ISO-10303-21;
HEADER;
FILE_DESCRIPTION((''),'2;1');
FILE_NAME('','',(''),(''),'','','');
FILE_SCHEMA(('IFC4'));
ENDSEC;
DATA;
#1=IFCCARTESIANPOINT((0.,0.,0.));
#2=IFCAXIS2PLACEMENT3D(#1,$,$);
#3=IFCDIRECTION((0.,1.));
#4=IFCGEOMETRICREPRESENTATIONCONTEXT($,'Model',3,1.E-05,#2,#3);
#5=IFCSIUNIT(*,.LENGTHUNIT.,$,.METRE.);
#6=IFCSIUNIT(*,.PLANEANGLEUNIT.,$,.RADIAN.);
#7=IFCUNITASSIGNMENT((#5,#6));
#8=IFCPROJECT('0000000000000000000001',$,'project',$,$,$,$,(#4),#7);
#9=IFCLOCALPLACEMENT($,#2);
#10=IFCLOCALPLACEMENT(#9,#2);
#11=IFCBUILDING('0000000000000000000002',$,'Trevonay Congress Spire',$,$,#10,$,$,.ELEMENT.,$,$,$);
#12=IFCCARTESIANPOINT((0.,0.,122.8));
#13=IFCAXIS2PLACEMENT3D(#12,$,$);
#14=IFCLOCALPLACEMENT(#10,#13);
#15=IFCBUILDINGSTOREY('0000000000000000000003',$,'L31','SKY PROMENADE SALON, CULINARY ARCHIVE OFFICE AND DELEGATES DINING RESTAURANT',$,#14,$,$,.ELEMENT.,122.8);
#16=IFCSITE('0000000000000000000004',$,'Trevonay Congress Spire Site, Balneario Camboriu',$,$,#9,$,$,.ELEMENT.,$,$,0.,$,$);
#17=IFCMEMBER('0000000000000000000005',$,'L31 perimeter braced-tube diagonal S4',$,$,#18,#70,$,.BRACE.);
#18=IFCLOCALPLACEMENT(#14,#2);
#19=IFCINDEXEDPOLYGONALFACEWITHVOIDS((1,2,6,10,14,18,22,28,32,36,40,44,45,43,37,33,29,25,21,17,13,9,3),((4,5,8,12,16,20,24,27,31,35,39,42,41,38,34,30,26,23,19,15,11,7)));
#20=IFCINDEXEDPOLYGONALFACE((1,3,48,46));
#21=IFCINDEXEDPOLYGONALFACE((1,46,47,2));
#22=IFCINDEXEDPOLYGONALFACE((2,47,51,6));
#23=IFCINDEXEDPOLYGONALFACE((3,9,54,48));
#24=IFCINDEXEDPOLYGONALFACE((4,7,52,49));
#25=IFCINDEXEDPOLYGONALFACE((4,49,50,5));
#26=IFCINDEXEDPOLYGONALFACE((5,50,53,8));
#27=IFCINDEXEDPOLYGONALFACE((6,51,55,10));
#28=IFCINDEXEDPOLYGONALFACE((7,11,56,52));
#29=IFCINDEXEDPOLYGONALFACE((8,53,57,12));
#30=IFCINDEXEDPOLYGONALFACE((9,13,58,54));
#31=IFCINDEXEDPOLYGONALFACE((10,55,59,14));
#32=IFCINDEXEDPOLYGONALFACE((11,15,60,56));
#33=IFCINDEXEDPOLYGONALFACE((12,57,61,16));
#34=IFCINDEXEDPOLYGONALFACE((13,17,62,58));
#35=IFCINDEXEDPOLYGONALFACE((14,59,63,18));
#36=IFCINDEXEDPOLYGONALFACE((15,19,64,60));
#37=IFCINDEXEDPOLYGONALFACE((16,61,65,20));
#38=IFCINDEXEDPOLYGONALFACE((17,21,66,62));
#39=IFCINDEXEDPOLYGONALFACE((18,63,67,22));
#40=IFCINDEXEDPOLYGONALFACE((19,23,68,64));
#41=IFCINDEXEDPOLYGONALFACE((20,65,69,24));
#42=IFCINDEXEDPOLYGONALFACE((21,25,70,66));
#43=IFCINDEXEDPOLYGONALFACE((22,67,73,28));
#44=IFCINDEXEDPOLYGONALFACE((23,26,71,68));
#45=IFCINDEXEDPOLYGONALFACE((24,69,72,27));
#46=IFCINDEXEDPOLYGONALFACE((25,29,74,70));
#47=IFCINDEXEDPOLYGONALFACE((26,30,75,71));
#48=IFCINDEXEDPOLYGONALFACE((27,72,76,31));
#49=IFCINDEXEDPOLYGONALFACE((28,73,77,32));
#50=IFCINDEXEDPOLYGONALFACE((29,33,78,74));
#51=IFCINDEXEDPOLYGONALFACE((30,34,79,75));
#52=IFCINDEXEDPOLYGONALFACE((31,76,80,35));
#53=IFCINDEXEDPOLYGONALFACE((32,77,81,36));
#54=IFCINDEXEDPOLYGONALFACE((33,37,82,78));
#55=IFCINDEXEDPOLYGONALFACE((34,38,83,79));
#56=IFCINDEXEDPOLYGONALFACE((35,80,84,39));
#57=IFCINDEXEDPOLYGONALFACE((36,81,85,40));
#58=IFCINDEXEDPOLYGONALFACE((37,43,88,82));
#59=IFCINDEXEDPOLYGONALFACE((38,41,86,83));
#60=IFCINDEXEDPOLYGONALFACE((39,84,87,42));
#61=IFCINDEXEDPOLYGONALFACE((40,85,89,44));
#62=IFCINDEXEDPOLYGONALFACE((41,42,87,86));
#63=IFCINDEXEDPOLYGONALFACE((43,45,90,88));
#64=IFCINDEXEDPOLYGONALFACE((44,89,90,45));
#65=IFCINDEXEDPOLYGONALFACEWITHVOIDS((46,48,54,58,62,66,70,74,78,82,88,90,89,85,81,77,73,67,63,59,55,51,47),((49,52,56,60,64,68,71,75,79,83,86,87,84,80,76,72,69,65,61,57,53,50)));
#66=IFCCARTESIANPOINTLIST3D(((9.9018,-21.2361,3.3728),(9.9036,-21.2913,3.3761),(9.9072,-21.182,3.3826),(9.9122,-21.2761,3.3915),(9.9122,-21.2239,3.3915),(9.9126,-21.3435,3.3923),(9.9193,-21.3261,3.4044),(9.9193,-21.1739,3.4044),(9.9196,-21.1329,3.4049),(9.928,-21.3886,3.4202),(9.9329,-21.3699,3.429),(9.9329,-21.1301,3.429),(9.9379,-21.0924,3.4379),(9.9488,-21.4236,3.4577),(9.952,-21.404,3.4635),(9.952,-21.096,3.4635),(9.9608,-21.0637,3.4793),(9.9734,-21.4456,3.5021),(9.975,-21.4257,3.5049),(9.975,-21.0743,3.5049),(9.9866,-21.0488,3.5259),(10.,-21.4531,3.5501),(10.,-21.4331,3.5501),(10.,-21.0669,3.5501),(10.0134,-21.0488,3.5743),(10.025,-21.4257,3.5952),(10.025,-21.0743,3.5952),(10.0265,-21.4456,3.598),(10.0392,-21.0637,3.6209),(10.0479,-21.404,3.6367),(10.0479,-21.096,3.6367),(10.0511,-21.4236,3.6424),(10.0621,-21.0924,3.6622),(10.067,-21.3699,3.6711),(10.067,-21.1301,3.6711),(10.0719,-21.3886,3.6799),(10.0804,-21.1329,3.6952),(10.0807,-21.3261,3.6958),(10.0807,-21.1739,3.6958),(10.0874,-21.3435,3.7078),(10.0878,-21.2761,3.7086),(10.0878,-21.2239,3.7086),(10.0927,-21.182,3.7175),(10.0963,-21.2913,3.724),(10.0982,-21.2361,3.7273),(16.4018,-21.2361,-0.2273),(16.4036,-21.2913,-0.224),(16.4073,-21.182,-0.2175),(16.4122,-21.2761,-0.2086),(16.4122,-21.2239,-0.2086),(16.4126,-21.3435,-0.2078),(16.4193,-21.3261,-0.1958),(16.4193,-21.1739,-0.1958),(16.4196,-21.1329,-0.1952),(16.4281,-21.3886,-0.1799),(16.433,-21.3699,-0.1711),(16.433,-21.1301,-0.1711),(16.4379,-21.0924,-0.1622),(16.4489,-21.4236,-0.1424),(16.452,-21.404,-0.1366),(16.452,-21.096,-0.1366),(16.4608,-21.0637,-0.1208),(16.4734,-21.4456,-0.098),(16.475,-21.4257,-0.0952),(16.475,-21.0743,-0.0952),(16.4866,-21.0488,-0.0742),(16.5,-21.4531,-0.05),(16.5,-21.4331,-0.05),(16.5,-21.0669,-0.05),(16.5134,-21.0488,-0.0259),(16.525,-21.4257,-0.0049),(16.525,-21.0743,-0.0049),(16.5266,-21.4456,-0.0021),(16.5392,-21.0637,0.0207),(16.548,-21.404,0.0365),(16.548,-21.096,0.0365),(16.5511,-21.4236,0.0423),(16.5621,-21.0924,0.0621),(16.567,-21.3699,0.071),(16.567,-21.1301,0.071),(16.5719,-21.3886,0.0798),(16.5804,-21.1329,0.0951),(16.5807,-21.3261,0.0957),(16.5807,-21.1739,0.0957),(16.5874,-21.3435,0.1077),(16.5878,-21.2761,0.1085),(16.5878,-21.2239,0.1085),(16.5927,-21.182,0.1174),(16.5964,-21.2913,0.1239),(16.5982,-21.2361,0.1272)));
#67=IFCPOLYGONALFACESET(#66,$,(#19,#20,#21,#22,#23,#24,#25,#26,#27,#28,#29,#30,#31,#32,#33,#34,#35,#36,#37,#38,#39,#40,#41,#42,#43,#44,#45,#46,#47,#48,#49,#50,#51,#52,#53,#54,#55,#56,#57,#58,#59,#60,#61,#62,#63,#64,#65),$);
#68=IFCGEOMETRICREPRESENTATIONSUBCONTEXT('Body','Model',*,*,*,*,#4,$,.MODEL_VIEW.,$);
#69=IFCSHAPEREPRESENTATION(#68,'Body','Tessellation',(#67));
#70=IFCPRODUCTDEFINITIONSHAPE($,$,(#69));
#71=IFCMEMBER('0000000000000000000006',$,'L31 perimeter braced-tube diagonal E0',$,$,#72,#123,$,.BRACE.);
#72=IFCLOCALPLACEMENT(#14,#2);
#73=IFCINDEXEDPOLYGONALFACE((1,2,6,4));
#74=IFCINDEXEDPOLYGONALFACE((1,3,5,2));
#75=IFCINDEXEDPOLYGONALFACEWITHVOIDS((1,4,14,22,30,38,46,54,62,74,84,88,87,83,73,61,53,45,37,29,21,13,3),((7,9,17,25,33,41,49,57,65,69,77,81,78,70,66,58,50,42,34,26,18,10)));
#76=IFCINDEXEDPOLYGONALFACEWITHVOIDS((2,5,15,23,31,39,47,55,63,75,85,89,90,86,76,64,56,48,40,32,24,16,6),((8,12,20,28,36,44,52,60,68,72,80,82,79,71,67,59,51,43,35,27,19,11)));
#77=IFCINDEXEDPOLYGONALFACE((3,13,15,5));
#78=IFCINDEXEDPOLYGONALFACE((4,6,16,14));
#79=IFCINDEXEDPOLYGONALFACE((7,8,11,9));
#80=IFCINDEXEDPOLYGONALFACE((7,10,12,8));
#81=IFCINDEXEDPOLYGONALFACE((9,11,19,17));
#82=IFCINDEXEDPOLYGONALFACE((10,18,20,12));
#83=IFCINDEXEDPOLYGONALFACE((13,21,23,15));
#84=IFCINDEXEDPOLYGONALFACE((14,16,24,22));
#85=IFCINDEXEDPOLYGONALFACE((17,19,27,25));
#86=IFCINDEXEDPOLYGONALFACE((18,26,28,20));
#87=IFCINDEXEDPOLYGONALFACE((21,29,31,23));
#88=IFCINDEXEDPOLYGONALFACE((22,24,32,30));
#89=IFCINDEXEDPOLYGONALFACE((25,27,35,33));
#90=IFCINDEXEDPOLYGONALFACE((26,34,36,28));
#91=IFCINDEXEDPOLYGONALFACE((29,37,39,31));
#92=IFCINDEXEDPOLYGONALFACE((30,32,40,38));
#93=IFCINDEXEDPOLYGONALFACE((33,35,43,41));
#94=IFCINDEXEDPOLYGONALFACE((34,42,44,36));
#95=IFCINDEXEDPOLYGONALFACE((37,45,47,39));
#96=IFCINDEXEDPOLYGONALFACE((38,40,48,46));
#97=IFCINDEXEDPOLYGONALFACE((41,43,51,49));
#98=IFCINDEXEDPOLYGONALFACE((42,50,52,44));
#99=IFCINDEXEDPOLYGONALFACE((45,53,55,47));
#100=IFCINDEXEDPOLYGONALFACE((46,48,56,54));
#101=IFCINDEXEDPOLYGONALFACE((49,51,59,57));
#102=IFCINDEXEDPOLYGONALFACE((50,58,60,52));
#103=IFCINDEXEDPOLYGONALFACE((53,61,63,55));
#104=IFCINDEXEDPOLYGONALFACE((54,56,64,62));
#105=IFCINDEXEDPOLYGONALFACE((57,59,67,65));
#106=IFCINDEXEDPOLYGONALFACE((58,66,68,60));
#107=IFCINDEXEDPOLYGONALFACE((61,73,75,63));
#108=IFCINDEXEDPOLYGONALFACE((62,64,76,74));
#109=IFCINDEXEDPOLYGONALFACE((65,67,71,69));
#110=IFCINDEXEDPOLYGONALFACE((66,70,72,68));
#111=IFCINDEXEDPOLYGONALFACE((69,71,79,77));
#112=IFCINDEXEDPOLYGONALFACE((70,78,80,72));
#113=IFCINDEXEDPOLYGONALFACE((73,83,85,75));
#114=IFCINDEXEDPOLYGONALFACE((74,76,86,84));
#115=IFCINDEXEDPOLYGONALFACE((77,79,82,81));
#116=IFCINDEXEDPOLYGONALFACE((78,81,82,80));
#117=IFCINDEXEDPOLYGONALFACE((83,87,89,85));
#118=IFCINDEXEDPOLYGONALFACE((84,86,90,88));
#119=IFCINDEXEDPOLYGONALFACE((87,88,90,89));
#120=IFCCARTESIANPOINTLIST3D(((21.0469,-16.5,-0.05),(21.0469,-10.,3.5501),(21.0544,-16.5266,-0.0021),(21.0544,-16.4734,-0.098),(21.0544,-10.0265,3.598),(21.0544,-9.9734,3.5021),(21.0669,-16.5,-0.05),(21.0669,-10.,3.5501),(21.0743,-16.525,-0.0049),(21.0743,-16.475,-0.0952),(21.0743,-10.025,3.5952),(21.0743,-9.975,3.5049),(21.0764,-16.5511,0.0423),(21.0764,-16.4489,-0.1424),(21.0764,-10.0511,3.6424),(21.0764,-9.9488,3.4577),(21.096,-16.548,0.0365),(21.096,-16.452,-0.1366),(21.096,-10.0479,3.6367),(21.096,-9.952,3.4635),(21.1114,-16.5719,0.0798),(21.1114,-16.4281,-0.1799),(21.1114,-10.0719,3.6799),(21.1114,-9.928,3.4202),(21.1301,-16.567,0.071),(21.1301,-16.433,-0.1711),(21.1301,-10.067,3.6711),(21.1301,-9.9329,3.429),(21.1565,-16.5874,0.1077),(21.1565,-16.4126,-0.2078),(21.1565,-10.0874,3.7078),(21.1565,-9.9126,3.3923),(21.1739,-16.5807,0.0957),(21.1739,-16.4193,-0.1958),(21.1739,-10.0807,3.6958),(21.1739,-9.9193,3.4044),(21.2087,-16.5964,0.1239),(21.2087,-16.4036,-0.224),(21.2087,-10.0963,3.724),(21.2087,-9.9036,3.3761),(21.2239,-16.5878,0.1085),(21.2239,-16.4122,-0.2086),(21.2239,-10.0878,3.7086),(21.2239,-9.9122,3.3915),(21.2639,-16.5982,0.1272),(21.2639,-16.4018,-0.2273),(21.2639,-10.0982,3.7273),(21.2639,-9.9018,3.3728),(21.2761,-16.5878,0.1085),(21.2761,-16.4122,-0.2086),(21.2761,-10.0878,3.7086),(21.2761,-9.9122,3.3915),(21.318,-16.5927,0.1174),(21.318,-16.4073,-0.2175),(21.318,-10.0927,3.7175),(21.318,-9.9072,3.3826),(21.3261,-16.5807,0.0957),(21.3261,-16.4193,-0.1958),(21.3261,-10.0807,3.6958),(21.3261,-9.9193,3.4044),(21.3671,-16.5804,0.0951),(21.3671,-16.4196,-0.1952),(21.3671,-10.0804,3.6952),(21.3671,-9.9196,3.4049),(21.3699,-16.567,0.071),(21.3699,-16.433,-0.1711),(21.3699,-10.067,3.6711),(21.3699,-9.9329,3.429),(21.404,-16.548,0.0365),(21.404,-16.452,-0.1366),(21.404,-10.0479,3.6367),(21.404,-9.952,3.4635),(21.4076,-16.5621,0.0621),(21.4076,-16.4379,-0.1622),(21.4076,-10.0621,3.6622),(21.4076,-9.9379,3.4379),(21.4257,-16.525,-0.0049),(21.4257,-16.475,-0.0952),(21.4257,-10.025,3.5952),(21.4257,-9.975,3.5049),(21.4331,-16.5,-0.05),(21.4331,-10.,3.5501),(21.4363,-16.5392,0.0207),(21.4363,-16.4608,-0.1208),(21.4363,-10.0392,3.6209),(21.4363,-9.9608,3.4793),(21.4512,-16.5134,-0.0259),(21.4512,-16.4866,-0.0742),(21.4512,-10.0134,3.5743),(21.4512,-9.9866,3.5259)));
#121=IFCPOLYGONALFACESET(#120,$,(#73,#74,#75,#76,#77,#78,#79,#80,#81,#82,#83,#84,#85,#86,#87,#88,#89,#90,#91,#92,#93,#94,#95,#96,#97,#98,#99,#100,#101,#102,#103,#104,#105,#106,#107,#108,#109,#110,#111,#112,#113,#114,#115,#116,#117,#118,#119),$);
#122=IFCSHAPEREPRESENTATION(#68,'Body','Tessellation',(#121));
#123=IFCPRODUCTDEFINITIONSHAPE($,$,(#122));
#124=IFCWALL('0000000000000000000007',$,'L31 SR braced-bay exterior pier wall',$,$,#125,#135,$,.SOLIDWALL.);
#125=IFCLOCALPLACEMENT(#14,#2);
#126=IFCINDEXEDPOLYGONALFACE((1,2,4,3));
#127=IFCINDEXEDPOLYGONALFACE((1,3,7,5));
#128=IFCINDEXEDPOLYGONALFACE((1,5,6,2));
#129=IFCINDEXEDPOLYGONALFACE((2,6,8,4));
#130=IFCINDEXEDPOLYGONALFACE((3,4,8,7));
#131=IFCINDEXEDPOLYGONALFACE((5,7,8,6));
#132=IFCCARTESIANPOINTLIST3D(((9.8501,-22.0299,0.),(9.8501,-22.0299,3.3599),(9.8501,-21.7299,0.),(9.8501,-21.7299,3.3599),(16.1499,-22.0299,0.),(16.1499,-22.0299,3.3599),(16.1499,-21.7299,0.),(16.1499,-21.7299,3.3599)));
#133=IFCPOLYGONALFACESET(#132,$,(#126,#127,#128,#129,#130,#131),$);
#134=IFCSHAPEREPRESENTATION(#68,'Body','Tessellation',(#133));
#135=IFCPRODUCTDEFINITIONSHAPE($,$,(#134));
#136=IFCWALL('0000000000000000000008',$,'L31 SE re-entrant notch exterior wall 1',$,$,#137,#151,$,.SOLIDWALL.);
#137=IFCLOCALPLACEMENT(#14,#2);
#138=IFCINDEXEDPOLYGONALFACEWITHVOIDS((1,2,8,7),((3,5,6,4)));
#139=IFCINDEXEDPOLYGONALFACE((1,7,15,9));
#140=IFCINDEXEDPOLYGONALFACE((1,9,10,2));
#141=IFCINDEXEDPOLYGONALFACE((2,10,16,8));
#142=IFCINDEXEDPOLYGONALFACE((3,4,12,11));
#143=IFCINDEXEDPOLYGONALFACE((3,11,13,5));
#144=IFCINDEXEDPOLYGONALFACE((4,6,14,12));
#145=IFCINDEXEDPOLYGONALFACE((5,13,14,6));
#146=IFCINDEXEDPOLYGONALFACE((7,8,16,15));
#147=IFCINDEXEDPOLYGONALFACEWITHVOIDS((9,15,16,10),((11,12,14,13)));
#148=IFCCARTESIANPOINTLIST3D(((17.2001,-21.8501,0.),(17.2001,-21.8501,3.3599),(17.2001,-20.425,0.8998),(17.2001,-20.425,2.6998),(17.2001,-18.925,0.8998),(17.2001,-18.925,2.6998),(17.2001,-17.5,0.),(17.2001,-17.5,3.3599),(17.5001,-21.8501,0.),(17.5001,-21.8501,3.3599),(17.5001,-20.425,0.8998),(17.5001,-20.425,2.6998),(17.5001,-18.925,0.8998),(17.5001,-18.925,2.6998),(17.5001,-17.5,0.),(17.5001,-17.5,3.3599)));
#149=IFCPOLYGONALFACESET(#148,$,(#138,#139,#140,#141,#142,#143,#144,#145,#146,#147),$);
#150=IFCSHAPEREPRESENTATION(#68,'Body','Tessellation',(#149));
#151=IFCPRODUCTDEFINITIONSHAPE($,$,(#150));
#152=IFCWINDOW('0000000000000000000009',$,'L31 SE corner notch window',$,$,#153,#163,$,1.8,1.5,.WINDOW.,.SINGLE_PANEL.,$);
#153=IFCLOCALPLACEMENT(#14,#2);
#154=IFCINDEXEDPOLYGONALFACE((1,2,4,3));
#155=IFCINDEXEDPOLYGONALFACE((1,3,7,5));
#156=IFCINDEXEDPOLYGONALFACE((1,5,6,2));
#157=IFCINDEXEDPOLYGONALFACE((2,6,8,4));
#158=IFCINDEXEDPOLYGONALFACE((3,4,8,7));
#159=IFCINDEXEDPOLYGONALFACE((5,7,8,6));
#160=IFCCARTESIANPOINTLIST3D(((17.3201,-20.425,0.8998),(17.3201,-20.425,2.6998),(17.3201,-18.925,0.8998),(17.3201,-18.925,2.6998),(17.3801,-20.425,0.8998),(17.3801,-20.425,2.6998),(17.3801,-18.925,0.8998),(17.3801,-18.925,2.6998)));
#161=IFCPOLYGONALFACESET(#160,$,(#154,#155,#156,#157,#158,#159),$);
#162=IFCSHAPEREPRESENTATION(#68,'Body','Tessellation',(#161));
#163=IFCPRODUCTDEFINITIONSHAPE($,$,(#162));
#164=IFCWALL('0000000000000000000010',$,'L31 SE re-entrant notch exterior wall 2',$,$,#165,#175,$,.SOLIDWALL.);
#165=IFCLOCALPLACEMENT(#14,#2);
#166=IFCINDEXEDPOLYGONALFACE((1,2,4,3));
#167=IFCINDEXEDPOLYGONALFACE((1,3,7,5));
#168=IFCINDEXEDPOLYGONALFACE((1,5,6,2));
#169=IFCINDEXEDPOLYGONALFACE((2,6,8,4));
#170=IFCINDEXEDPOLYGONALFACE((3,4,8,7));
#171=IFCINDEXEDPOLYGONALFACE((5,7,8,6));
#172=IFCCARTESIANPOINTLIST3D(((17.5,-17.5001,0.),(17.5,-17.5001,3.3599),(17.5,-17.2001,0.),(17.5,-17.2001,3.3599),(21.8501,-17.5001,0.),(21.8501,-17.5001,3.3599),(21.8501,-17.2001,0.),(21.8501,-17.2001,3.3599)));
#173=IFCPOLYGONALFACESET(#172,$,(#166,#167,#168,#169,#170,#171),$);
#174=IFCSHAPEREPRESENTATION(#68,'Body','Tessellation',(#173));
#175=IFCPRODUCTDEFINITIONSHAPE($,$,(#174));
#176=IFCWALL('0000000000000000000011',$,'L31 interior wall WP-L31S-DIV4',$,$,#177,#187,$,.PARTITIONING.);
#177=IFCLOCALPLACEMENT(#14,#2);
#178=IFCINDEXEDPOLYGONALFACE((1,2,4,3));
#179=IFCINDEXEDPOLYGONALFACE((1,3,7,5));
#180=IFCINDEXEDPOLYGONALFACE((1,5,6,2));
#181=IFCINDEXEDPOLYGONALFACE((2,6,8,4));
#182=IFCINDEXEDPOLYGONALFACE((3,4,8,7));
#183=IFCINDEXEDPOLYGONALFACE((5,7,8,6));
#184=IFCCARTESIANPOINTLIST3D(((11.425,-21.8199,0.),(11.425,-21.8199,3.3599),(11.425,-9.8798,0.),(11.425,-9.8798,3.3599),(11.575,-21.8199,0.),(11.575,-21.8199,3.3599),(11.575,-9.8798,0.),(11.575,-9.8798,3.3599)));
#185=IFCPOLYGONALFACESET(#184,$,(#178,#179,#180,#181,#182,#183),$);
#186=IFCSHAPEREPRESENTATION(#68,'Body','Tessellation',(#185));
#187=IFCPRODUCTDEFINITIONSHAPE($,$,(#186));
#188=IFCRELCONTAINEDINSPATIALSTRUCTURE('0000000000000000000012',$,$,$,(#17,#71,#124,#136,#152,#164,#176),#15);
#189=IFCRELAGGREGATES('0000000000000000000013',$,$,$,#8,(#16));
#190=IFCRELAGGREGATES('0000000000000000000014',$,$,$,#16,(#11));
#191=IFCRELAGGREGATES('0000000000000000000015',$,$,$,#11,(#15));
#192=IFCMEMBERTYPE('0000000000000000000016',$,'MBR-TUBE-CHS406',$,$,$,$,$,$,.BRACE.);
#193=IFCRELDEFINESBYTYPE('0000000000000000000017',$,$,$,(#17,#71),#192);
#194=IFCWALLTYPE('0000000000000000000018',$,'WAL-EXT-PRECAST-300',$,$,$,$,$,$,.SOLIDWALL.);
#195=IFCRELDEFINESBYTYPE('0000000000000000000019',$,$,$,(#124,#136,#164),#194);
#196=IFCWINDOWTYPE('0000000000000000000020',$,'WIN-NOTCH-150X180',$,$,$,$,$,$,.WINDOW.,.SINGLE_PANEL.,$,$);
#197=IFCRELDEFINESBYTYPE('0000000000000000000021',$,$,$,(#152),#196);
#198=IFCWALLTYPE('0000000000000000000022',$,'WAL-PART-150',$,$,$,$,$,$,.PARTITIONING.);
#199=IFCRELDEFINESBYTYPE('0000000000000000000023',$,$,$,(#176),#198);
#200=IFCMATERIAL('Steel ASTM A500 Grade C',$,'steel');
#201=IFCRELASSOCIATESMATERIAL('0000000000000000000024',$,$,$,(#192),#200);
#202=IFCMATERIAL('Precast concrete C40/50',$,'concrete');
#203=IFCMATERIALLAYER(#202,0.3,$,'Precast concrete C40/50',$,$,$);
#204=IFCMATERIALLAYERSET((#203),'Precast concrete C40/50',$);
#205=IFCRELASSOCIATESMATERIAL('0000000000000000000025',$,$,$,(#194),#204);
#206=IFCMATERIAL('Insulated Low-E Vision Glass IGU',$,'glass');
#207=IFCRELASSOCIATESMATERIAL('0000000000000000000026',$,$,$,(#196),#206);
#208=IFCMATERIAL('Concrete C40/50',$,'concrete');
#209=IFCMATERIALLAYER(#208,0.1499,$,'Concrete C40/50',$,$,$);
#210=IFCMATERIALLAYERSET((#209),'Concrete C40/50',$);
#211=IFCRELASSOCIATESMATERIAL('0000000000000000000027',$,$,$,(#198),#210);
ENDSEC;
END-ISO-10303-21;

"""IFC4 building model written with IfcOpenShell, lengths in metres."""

from ifc_helpers import new_model, si_unit, direction, frame, frame_2d, origin, origin_2d, place, context, subcontext, project, spatial, rectangle, hollow_circle, extrude, material, layer, layer_set, material_profile, profile_set, type_object, element, fill, save


model = new_model("IFC4")

# Units and contexts
model_context = context("Model", 3, precision=1e-05, world=origin(), true_north=direction((0.0, 1.0)))
body_context = subcontext(model_context, "Body", "Model", "MODEL_VIEW")
ifc_project = project(units=[si_unit("LENGTHUNIT", "METRE"), si_unit("PLANEANGLEUNIT", "RADIAN")], contexts=[model_context])

# Site, building, storey
site_placement = place(None, origin())
site = spatial("IfcSite", under=ifc_project, at=site_placement, Name="Trevonay Congress Spire Site, Balneario Camboriu", CompositionType="ELEMENT", RefElevation=0.0)
building_placement = place(site_placement, origin())
building = spatial("IfcBuilding", under=site, at=building_placement, Name="Trevonay Congress Spire", CompositionType="ELEMENT")
storey_placement = place(building_placement, frame((0.0, 0.0, 122.8)))
storey = spatial("IfcBuildingStorey", under=building, at=storey_placement, Name="L31", Description="SKY PROMENADE SALON, CULINARY ARCHIVE OFFICE AND DELEGATES DINING RESTAURANT", CompositionType="ELEMENT", Elevation=122.8)

# Members
ifc_material_1 = material(Name="Steel ASTM A500 Grade C", Category="steel")
ifc_material_profile_1 = material_profile(ifc_material_1, hollow_circle(Radius=0.2031, WallThickness=0.02, at=origin_2d()), Name="CHS 406.4x20")
ifc_profile_set_1 = profile_set([ifc_material_profile_1], Name="Steel ASTM A500 Grade C")
member_type_1 = type_object("IfcMemberType", Name="MBR-TUBE-CHS406", PredefinedType="BRACE", material=ifc_profile_set_1)
for number, where, z_axis, x_axis, name in (
    (1, (16.5, -21.25, -0.05), (-0.874786, 0.0, 0.48451), (0.0, -1.0, 0.0), "L31 perimeter braced-tube diagonal S4"),
    (2, (21.25, -16.5, -0.05), (0.0, 0.874786, 0.48451), (-1.0, 0.0, 0.0), "L31 perimeter braced-tube diagonal E0"),
):
    element("IfcMember", number, at=place(storey_placement, frame(where, z_axis=z_axis, x_axis=x_axis)), inside=storey, type_object=member_type_1, Name=name, PredefinedType="BRACE", context=body_context, shape_type="SweptSolid", body=[
        extrude(hollow_circle(Radius=0.2031, WallThickness=0.02, at=origin_2d()), origin(), (0.0, 0.0, 1.0), 7.4304),
    ])

# Wall
ifc_material_2 = material(Name="Precast concrete C40/50", Category="concrete")
ifc_layer_1 = layer(ifc_material_2, 0.3, Name="Precast concrete C40/50")
ifc_layer_set_1 = layer_set([ifc_layer_1], Name="Precast concrete C40/50")
wall_type_1 = type_object("IfcWallType", Name="WAL-EXT-PRECAST-300", PredefinedType="SOLIDWALL", material=ifc_layer_set_1)
wall_1_placement = place(storey_placement, frame((9.8501, -21.8799, 0.0), z_axis=(0.0, 0.0, 1.0), x_axis=(1.0, 0.0, 0.0)))
element("IfcWall", 3, at=wall_1_placement, inside=storey, type_object=wall_type_1, Name="L31 SR braced-bay exterior pier wall", PredefinedType="SOLIDWALL", context=body_context, shape_type="SweptSolid", body=[
    extrude(rectangle(XDim=6.2998, YDim=0.3, at=frame_2d((3.1499, 0.0))), origin(), (0.0, 0.0, 1.0), 3.3599),
])

# Wall, opening, window
wall_2_placement = place(storey_placement, frame((17.3501, -21.8501, 0.0), z_axis=(0.0, 0.0, 1.0), x_axis=(0.0, 1.0, 0.0)))
wall_2 = element("IfcWall", 4, at=wall_2_placement, inside=storey, type_object=wall_type_1, Name="L31 SE re-entrant notch exterior wall 1", PredefinedType="SOLIDWALL", context=body_context, shape_type="SweptSolid", body=[
    extrude(rectangle(XDim=4.3501, YDim=0.3, at=frame_2d((2.175, 0.0))), origin(), (0.0, 0.0, 1.0), 3.3599),
])
opening_placement = place(wall_2_placement, frame((1.425, 0.0, 0.8999)))
opening = element("IfcOpeningElement", 5, at=opening_placement, cuts=wall_2, PredefinedType="OPENING", context=body_context, shape_type="SweptSolid", body=[
    extrude(rectangle(XDim=1.5, YDim=1.8, at=frame_2d((0.75, 0.8999))), frame((0.0, 0.1602, 0.0), z_axis=(0.0, -1.0, 0.0), x_axis=(1.0, 0.0, 0.0)), (0.0, 0.0, 1.0), 0.3201),
])
ifc_material_3 = material(Name="Insulated Low-E Vision Glass IGU", Category="glass")
window_type = type_object("IfcWindowType", Name="WIN-NOTCH-150X180", PartitioningType="SINGLE_PANEL", PredefinedType="WINDOW", material=ifc_material_3)
window_placement = place(opening_placement, origin())
window = element("IfcWindow", 6, at=window_placement, inside=storey, type_object=window_type, Name="L31 SE corner notch window", OverallHeight=1.8, OverallWidth=1.5, PartitioningType="SINGLE_PANEL", PredefinedType="WINDOW", context=body_context, shape_type="SweptSolid", body=[
    extrude(rectangle(XDim=1.5, YDim=1.8, at=frame_2d((0.75, 0.8999))), frame((0.0, 0.03, 0.0), z_axis=(0.0, -1.0, 0.0), x_axis=(1.0, 0.0, 0.0)), (0.0, 0.0, 1.0), 0.0601),
])
fill(opening, window)

# Walls
wall_3_placement = place(storey_placement, frame((21.8501, -17.3501, 0.0), z_axis=(0.0, 0.0, 1.0), x_axis=(-1.0, 0.0, 0.0)))
element("IfcWall", 7, at=wall_3_placement, inside=storey, type_object=wall_type_1, Name="L31 SE re-entrant notch exterior wall 2", PredefinedType="SOLIDWALL", context=body_context, shape_type="SweptSolid", body=[
    extrude(rectangle(XDim=4.3501, YDim=0.3, at=frame_2d((2.175, 0.0))), origin(), (0.0, 0.0, 1.0), 3.3599),
])
ifc_material_4 = material(Name="Concrete C40/50", Category="concrete")
ifc_layer_2 = layer(ifc_material_4, 0.1499, Name="Concrete C40/50")
ifc_layer_set_2 = layer_set([ifc_layer_2], Name="Concrete C40/50")
wall_type_2 = type_object("IfcWallType", Name="WAL-PART-150", PredefinedType="PARTITIONING", material=ifc_layer_set_2)
for number, where, z_axis, x_axis, name in (
    (8, (11.5, -21.8201, 0.0), (0.0, 0.0, 1.0), (0.0, 1.0, 0.0), "L31 interior wall WP-L31S-DIV4"),
):
    element("IfcWall", number, at=place(storey_placement, frame(where, z_axis=z_axis, x_axis=x_axis)), inside=storey, type_object=wall_type_2, Name=name, PredefinedType="PARTITIONING", context=body_context, shape_type="SweptSolid", body=[
        extrude(rectangle(XDim=11.9402, YDim=0.1499, at=frame_2d((5.9702, 0.0))), origin(), (0.0, 0.0, 1.0), 3.3599),
    ])

save(model, "model.ifc")
